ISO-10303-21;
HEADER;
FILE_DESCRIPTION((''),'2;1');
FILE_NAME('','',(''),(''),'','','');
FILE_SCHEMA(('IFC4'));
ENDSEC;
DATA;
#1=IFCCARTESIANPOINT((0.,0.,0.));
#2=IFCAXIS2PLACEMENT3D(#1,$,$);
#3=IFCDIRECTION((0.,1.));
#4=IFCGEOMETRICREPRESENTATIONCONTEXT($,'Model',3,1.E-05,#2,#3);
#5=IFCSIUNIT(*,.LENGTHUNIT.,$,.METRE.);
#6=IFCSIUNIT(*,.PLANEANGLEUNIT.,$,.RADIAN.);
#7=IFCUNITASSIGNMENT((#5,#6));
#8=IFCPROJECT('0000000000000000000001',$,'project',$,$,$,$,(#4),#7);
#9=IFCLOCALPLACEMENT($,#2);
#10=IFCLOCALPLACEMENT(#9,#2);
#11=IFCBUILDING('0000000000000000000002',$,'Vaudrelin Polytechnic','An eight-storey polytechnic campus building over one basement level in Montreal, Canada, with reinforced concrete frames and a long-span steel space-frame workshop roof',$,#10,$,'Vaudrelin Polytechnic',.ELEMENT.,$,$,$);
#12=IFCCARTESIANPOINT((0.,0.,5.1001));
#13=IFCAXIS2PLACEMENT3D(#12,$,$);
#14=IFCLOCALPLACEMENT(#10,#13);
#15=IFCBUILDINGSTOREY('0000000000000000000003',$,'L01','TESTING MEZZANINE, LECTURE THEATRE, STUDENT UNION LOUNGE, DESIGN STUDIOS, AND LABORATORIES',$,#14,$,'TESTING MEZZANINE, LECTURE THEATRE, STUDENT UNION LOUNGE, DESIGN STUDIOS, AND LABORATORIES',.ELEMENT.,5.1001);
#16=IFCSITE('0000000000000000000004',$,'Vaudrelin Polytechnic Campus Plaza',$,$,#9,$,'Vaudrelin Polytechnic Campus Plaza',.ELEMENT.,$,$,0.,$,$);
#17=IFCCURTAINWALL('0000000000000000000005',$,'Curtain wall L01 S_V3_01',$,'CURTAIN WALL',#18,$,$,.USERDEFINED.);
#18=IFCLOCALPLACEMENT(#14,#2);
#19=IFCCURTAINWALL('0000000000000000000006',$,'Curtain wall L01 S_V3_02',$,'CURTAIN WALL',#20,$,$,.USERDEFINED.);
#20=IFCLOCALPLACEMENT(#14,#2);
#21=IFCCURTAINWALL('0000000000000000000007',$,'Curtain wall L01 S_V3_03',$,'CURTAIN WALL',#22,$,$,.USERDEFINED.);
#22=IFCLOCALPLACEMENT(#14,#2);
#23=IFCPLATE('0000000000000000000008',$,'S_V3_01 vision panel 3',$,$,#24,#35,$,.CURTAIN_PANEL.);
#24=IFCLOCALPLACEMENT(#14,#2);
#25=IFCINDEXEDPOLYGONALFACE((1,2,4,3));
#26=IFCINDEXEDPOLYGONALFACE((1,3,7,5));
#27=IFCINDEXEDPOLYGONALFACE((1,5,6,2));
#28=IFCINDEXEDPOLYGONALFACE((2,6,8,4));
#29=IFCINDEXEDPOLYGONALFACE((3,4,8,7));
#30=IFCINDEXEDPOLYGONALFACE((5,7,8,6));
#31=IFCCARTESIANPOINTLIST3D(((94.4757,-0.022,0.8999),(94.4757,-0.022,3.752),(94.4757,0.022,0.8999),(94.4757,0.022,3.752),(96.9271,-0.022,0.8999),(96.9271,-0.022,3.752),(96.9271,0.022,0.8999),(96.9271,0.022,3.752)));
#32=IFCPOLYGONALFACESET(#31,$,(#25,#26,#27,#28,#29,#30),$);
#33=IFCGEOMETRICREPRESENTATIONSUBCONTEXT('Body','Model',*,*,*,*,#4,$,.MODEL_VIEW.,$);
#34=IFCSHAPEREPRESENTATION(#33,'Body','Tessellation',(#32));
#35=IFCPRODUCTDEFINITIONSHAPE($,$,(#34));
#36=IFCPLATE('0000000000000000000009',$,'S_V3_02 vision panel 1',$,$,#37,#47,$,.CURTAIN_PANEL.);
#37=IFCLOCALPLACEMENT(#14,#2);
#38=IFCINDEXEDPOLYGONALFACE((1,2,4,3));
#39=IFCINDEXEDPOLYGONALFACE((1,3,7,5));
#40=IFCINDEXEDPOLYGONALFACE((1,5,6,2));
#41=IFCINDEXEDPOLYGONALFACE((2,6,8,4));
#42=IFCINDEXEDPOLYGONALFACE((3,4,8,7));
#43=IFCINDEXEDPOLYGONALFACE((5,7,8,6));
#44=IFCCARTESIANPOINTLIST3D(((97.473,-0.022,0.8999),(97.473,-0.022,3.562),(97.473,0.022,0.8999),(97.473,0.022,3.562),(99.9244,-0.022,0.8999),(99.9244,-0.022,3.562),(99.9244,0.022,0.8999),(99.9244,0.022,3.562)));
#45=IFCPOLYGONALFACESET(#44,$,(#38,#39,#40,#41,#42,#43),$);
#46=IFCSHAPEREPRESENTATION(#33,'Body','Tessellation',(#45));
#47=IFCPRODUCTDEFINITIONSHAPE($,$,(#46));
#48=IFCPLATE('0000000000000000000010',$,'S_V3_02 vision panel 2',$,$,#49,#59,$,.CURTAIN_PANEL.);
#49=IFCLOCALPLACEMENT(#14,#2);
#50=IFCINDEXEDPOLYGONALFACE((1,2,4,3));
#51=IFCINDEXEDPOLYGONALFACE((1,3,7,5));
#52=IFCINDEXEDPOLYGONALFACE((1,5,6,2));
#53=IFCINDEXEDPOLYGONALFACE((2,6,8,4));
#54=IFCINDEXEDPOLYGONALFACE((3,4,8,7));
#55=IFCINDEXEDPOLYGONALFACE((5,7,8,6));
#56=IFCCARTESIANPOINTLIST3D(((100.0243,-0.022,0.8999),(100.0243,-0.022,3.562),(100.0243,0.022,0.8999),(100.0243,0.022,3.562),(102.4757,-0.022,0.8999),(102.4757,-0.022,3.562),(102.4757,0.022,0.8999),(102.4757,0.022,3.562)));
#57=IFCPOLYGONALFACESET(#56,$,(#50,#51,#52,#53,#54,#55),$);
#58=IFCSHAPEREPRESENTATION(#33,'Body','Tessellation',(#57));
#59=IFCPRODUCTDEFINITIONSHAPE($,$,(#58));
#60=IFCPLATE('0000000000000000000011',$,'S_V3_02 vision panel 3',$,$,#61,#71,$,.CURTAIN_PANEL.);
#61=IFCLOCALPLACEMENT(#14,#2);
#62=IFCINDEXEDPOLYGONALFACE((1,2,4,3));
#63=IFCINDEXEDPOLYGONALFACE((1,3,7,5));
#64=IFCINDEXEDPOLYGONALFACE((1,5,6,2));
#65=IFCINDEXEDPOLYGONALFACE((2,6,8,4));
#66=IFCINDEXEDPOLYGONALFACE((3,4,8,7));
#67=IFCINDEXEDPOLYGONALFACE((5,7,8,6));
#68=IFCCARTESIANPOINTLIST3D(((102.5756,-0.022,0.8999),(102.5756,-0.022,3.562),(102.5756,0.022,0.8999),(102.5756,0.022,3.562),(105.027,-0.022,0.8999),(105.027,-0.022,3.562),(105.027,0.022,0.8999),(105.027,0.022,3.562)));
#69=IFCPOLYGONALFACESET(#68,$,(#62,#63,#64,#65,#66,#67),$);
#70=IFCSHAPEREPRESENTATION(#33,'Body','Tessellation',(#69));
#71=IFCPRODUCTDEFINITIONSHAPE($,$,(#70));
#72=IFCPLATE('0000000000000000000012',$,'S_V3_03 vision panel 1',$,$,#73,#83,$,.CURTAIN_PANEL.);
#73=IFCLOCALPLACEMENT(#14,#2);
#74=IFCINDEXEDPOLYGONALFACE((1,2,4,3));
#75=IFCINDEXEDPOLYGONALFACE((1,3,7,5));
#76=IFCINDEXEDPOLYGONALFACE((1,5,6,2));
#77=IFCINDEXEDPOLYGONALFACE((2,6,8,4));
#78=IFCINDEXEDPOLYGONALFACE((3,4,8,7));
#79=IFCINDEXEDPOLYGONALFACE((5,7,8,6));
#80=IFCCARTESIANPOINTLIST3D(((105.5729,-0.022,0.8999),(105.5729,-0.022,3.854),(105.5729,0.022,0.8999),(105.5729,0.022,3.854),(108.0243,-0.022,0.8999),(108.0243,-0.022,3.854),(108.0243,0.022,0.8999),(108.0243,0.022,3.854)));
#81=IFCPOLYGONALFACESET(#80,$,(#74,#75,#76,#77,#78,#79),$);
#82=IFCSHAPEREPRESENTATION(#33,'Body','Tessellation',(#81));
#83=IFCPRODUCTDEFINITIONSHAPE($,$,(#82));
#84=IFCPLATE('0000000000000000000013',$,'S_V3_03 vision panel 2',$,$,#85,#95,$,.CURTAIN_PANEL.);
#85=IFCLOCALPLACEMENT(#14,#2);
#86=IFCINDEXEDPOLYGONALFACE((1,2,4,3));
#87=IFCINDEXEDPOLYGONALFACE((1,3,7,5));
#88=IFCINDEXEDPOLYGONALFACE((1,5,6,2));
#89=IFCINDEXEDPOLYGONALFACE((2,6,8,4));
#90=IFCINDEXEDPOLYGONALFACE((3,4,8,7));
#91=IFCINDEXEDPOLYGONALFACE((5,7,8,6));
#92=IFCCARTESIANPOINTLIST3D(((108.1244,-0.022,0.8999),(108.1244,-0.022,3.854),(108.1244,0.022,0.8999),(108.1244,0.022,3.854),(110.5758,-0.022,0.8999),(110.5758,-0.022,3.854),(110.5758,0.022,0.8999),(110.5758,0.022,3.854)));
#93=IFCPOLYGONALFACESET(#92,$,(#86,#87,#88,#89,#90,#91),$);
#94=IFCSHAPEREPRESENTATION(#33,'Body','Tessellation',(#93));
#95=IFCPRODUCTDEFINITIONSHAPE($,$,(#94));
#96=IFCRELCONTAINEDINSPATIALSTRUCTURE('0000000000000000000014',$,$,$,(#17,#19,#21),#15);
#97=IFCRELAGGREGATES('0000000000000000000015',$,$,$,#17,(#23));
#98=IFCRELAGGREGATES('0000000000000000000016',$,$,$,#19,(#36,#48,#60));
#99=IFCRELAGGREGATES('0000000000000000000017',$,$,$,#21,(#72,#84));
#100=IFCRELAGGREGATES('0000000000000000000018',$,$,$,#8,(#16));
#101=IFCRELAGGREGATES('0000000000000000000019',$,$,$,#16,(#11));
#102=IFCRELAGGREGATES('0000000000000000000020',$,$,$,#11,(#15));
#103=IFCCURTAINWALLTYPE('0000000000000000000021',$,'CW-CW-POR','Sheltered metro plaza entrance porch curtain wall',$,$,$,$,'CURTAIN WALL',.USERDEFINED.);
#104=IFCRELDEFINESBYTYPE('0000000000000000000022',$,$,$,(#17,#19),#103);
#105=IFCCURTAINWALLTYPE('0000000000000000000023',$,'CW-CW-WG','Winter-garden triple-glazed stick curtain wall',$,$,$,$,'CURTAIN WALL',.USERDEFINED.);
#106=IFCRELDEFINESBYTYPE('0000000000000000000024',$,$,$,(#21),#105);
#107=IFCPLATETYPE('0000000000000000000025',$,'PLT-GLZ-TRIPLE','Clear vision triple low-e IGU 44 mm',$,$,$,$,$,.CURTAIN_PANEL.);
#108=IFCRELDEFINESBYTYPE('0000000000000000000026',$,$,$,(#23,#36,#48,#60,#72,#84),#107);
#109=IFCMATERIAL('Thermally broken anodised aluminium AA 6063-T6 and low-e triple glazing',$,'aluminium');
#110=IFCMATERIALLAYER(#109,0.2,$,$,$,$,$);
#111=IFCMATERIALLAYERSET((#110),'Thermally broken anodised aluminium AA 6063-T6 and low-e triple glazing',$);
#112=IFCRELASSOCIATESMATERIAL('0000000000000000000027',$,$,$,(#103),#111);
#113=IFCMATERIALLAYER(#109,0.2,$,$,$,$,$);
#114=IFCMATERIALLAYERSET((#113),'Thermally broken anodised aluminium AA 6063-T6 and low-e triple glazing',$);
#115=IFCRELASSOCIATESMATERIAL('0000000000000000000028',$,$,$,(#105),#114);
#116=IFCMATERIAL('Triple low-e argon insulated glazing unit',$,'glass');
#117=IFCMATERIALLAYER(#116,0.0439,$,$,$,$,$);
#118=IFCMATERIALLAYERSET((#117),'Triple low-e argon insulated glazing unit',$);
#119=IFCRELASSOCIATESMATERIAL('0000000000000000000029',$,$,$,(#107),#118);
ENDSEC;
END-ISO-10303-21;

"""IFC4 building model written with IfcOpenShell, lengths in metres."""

from ifc_helpers import new_model, si_unit, direction, frame, origin, origin_2d, place, context, subcontext, project, spatial, rectangle, extrude, material, layer, layer_set, type_object, element, aggregate, save


model = new_model("IFC4")

# Units and contexts
model_context = context("Model", 3, precision=1e-05, world=origin(), true_north=direction((0.0, 1.0)))
body_context = subcontext(model_context, "Body", "Model", "MODEL_VIEW")
ifc_project = project(units=[si_unit("LENGTHUNIT", "METRE"), si_unit("PLANEANGLEUNIT", "RADIAN")], contexts=[model_context])

# Site, building, storey
site_placement = place(None, origin())
site = spatial("IfcSite", under=ifc_project, at=site_placement, Name="Vaudrelin Polytechnic Campus Plaza", LongName="Vaudrelin Polytechnic Campus Plaza", CompositionType="ELEMENT", RefElevation=0.0)
building_placement = place(site_placement, origin())
building = spatial("IfcBuilding", under=site, at=building_placement, Name="Vaudrelin Polytechnic", Description="An eight-storey polytechnic campus building over one basement level in Montreal, Canada, with reinforced concrete frames and a long-span steel space-frame workshop roof", LongName="Vaudrelin Polytechnic", CompositionType="ELEMENT")
storey_placement = place(building_placement, frame((0.0, 0.0, 5.1001)))
storey = spatial("IfcBuildingStorey", under=building, at=storey_placement, Name="L01", Description="TESTING MEZZANINE, LECTURE THEATRE, STUDENT UNION LOUNGE, DESIGN STUDIOS, AND LABORATORIES", LongName="TESTING MEZZANINE, LECTURE THEATRE, STUDENT UNION LOUNGE, DESIGN STUDIOS, AND LABORATORIES", CompositionType="ELEMENT", Elevation=5.1001)

# Curtain walls
ifc_material_1 = material(Name="Thermally broken anodised aluminium AA 6063-T6 and low-e triple glazing", Category="aluminium")
ifc_layer_1 = layer(ifc_material_1, 0.2)
ifc_layer_set_1 = layer_set([ifc_layer_1], Name="Thermally broken anodised aluminium AA 6063-T6 and low-e triple glazing")
curtain_wall_type_1 = type_object("IfcCurtainWallType", Name="CW-CW-POR", Description="Sheltered metro plaza entrance porch curtain wall", ElementType="CURTAIN WALL", PredefinedType="USERDEFINED", material=ifc_layer_set_1)
curtain_wall_1_placement = place(storey_placement, origin())
curtain_wall_1 = element("IfcCurtainWall", 1, at=curtain_wall_1_placement, inside=storey, type_object=curtain_wall_type_1, Name="Curtain wall L01 S_V3_01", ObjectType="CURTAIN WALL", PredefinedType="USERDEFINED")
curtain_wall_2_placement = place(storey_placement, origin())
curtain_wall_2 = element("IfcCurtainWall", 2, at=curtain_wall_2_placement, inside=storey, type_object=curtain_wall_type_1, Name="Curtain wall L01 S_V3_02", ObjectType="CURTAIN WALL", PredefinedType="USERDEFINED")
ifc_layer_2 = layer(ifc_material_1, 0.2)
ifc_layer_set_2 = layer_set([ifc_layer_2], Name="Thermally broken anodised aluminium AA 6063-T6 and low-e triple glazing")
curtain_wall_type_2 = type_object("IfcCurtainWallType", Name="CW-CW-WG", Description="Winter-garden triple-glazed stick curtain wall", ElementType="CURTAIN WALL", PredefinedType="USERDEFINED", material=ifc_layer_set_2)
curtain_wall_3_placement = place(storey_placement, origin())
curtain_wall_3 = element("IfcCurtainWall", 3, at=curtain_wall_3_placement, inside=storey, type_object=curtain_wall_type_2, Name="Curtain wall L01 S_V3_03", ObjectType="CURTAIN WALL", PredefinedType="USERDEFINED")

# Plates
ifc_material_2 = material(Name="Triple low-e argon insulated glazing unit", Category="glass")
ifc_layer_3 = layer(ifc_material_2, 0.0439)
ifc_layer_set_3 = layer_set([ifc_layer_3], Name="Triple low-e argon insulated glazing unit")
plate_type_1 = type_object("IfcPlateType", Name="PLT-GLZ-TRIPLE", Description="Clear vision triple low-e IGU 44 mm", PredefinedType="CURTAIN_PANEL", material=ifc_layer_set_3)
plate_1_placement = place(storey_placement, frame((95.7014, 0.0, 0.8999), z_axis=(0.0, 0.0, 1.0), x_axis=(1.0, 0.0, 0.0)))
plate_1 = element("IfcPlate", 4, at=plate_1_placement, type_object=plate_type_1, Name="S_V3_01 vision panel 3", PredefinedType="CURTAIN_PANEL", context=body_context, shape_type="SweptSolid", body=[
    extrude(rectangle(XDim=2.4514, YDim=0.0439, at=origin_2d()), origin(), (0.0, 0.0, 1.0), 2.8521),
])
aggregate(curtain_wall_1, [plate_1])
plate_2_placement = place(storey_placement, frame((98.6987, 0.0, 0.8999), z_axis=(0.0, 0.0, 1.0), x_axis=(1.0, 0.0, 0.0)))
plate_2 = element("IfcPlate", 5, at=plate_2_placement, type_object=plate_type_1, Name="S_V3_02 vision panel 1", PredefinedType="CURTAIN_PANEL", context=body_context, shape_type="SweptSolid", body=[
    extrude(rectangle(XDim=2.4514, YDim=0.0439, at=origin_2d()), origin(), (0.0, 0.0, 1.0), 2.6621),
])
plate_3_placement = place(storey_placement, frame((101.25, 0.0, 0.8999), z_axis=(0.0, 0.0, 1.0), x_axis=(1.0, 0.0, 0.0)))
plate_3 = element("IfcPlate", 6, at=plate_3_placement, type_object=plate_type_1, Name="S_V3_02 vision panel 2", PredefinedType="CURTAIN_PANEL", context=body_context, shape_type="SweptSolid", body=[
    extrude(rectangle(XDim=2.4514, YDim=0.0439, at=origin_2d()), origin(), (0.0, 0.0, 1.0), 2.6621),
])
plate_4_placement = place(storey_placement, frame((103.8013, 0.0, 0.8999), z_axis=(0.0, 0.0, 1.0), x_axis=(1.0, 0.0, 0.0)))
plate_4 = element("IfcPlate", 7, at=plate_4_placement, type_object=plate_type_1, Name="S_V3_02 vision panel 3", PredefinedType="CURTAIN_PANEL", context=body_context, shape_type="SweptSolid", body=[
    extrude(rectangle(XDim=2.4514, YDim=0.0439, at=origin_2d()), origin(), (0.0, 0.0, 1.0), 2.6621),
])
aggregate(curtain_wall_2, [plate_2, plate_3, plate_4])
plate_5_placement = place(storey_placement, frame((106.7986, 0.0, 0.8999), z_axis=(0.0, 0.0, 1.0), x_axis=(1.0, 0.0, 0.0)))
plate_5 = element("IfcPlate", 8, at=plate_5_placement, type_object=plate_type_1, Name="S_V3_03 vision panel 1", PredefinedType="CURTAIN_PANEL", context=body_context, shape_type="SweptSolid", body=[
    extrude(rectangle(XDim=2.4514, YDim=0.0439, at=origin_2d()), origin(), (0.0, 0.0, 1.0), 2.9541),
])
plate_6_placement = place(storey_placement, frame((109.3501, 0.0, 0.8999), z_axis=(0.0, 0.0, 1.0), x_axis=(1.0, 0.0, 0.0)))
plate_6 = element("IfcPlate", 9, at=plate_6_placement, type_object=plate_type_1, Name="S_V3_03 vision panel 2", PredefinedType="CURTAIN_PANEL", context=body_context, shape_type="SweptSolid", body=[
    extrude(rectangle(XDim=2.4514, YDim=0.0439, at=origin_2d()), origin(), (0.0, 0.0, 1.0), 2.9541),
])
aggregate(curtain_wall_3, [plate_5, plate_6])

save(model, "model.ifc")
